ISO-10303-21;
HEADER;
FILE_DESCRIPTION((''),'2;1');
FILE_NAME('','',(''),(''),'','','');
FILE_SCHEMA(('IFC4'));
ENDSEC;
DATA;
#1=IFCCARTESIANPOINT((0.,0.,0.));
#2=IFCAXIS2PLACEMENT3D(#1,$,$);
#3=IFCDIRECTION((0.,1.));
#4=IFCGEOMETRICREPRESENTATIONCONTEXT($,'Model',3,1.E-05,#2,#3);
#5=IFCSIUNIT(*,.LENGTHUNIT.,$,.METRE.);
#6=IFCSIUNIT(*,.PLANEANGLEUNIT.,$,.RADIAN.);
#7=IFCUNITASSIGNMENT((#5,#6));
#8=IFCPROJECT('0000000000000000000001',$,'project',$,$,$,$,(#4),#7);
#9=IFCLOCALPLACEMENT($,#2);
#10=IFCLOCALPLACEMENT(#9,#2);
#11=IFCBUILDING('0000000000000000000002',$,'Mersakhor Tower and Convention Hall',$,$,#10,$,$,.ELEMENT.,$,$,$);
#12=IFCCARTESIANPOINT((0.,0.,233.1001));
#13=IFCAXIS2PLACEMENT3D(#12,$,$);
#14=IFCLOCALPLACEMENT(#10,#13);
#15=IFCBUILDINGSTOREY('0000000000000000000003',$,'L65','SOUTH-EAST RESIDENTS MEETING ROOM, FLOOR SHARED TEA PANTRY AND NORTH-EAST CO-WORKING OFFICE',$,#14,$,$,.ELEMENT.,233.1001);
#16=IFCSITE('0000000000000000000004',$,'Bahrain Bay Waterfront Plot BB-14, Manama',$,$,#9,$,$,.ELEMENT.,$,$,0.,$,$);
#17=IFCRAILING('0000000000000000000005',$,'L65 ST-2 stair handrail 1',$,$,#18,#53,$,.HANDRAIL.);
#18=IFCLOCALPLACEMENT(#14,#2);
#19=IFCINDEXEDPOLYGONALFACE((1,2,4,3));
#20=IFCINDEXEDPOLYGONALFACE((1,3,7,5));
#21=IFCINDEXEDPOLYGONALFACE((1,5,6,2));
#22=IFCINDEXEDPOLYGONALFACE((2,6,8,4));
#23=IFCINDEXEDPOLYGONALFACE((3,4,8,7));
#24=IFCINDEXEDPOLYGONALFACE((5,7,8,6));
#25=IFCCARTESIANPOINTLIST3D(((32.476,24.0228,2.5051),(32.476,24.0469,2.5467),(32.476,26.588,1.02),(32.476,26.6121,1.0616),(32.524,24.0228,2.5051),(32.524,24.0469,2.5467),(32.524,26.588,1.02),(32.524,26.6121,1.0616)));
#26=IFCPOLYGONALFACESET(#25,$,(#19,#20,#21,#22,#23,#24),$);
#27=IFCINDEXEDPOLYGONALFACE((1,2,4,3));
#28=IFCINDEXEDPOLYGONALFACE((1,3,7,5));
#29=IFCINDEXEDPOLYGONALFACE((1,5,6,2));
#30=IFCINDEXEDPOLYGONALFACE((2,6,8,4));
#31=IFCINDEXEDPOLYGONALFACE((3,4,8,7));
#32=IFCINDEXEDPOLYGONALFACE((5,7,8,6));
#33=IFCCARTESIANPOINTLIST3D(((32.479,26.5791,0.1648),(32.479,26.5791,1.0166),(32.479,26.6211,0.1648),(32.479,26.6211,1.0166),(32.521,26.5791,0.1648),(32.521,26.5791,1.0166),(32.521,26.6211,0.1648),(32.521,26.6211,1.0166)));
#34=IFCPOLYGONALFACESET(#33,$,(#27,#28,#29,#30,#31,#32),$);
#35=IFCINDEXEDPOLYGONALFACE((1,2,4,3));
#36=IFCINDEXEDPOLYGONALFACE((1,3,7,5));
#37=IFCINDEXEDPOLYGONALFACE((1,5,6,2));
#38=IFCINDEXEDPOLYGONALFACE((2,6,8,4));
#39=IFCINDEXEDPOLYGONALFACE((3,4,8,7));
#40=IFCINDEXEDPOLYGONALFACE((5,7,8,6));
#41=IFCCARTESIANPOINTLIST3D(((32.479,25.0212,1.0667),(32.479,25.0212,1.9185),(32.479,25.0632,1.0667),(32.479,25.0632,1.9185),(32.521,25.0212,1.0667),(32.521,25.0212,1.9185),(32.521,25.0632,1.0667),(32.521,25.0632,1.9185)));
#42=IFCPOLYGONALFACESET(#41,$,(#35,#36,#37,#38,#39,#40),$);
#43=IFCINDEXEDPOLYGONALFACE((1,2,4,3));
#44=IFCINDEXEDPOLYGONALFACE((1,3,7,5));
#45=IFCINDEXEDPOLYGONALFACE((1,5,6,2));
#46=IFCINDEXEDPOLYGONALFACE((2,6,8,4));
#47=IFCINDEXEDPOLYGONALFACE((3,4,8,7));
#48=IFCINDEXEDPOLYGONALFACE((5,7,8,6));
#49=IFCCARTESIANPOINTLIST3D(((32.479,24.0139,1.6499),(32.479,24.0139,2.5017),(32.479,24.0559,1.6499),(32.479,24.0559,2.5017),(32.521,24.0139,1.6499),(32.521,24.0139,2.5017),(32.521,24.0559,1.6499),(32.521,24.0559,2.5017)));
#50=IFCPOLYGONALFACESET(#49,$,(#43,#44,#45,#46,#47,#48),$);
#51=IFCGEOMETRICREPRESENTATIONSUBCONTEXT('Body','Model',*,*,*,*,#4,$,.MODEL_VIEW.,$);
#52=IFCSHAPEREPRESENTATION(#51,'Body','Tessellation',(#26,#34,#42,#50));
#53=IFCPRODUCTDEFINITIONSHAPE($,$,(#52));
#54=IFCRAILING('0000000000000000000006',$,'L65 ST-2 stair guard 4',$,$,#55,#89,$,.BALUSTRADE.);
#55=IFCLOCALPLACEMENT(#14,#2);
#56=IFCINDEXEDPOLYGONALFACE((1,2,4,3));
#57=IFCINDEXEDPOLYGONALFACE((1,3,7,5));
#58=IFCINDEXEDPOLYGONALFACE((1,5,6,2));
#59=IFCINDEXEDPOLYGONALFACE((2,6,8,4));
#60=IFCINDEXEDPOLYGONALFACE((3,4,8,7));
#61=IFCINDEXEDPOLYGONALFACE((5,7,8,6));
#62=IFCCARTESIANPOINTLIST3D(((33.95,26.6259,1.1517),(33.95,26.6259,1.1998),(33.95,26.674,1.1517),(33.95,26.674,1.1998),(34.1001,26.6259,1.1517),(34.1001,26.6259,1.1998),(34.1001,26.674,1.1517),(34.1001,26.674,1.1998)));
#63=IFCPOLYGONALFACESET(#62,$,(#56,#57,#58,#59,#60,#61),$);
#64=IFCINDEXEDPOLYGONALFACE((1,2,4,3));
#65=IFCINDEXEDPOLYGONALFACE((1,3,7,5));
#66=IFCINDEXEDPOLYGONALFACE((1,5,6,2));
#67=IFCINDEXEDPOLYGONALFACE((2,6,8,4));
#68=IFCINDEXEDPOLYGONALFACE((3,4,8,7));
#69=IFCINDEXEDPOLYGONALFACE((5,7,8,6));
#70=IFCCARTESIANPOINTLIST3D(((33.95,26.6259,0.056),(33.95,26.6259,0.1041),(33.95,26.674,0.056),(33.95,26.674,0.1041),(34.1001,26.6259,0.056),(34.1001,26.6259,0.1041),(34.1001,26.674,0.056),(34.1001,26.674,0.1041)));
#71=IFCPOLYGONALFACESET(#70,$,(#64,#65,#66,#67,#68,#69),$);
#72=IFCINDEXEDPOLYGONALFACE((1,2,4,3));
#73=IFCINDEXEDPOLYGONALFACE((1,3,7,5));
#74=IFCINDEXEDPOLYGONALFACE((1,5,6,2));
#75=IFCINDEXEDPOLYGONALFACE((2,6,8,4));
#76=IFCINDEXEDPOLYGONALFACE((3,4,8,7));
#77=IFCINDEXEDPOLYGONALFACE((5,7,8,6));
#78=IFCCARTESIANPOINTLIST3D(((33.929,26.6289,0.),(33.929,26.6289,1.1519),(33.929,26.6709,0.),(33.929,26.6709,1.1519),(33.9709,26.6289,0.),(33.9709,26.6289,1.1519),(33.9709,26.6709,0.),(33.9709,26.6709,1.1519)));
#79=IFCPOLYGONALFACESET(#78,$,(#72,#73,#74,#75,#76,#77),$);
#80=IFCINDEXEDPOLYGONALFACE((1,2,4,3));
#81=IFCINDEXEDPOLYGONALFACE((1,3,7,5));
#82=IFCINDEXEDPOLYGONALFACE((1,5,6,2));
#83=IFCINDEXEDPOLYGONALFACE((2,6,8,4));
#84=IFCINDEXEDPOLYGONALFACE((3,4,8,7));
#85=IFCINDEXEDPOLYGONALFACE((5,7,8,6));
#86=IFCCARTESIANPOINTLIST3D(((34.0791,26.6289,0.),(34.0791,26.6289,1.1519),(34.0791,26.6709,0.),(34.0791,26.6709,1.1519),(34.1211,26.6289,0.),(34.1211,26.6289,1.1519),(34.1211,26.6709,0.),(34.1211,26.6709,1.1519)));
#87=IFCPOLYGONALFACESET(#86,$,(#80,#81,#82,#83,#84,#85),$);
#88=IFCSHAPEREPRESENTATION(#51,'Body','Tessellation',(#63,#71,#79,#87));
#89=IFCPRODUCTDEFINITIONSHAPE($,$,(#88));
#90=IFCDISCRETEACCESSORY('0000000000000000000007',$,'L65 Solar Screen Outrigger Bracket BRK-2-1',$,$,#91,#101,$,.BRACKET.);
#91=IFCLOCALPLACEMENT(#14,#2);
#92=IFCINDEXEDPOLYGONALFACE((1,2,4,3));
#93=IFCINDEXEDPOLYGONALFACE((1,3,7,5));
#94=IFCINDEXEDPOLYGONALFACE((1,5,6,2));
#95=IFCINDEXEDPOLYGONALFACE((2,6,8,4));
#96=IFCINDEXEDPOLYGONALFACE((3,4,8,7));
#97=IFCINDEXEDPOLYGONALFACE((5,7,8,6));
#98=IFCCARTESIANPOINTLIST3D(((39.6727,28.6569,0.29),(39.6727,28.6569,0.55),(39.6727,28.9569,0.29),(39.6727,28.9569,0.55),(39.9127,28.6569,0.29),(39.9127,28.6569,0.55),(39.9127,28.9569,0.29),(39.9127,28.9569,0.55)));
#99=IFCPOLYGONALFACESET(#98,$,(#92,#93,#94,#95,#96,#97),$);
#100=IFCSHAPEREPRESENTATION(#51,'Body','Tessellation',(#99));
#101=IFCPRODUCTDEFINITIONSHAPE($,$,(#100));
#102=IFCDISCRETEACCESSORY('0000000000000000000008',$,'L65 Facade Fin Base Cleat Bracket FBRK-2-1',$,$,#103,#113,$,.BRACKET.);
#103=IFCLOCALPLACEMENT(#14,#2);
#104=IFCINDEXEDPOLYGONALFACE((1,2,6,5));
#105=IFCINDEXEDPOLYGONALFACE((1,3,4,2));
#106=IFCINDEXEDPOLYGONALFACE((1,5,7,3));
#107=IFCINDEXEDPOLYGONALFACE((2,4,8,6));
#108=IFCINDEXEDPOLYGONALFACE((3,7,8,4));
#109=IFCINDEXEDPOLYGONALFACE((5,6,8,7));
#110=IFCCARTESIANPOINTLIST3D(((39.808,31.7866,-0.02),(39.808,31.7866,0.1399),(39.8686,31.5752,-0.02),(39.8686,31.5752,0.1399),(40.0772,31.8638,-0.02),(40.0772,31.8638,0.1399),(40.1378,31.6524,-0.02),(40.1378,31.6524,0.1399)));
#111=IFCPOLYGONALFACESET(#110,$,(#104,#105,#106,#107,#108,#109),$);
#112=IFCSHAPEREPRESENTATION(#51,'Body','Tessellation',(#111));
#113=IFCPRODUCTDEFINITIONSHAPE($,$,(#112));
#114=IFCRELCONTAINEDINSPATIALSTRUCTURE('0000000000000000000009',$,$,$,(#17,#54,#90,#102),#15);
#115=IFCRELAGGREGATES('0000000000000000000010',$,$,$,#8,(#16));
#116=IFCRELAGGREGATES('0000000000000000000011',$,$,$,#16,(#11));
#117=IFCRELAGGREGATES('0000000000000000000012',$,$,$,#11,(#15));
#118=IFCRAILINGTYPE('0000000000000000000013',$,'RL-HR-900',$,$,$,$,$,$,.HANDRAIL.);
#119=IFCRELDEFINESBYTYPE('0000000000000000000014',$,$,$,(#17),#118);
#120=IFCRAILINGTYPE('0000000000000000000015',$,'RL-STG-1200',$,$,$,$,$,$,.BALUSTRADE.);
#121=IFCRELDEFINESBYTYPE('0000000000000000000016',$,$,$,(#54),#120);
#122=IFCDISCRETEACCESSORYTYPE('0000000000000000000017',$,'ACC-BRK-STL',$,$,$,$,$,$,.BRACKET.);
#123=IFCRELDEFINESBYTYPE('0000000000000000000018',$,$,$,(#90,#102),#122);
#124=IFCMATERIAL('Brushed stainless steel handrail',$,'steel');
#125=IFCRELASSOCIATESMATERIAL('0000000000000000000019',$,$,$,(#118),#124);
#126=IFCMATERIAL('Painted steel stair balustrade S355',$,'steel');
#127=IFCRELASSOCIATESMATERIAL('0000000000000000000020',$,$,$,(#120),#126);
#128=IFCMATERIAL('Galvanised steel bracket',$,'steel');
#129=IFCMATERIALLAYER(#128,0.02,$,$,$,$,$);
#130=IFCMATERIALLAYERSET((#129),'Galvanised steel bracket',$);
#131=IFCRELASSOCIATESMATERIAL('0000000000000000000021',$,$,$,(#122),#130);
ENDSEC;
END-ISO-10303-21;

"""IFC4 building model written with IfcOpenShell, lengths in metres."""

from ifc_helpers import new_model, si_unit, direction, frame, origin, origin_2d, place, context, subcontext, project, spatial, rectangle, extrude, material, layer, layer_set, type_object, element, save


model = new_model("IFC4")

# Units and contexts
model_context = context("Model", 3, precision=1e-05, world=origin(), true_north=direction((0.0, 1.0)))
body_context = subcontext(model_context, "Body", "Model", "MODEL_VIEW")
ifc_project = project(units=[si_unit("LENGTHUNIT", "METRE"), si_unit("PLANEANGLEUNIT", "RADIAN")], contexts=[model_context])

# Site, building, storey
site_placement = place(None, origin())
site = spatial("IfcSite", under=ifc_project, at=site_placement, Name="Bahrain Bay Waterfront Plot BB-14, Manama", CompositionType="ELEMENT", RefElevation=0.0)
building_placement = place(site_placement, origin())
building = spatial("IfcBuilding", under=site, at=building_placement, Name="Mersakhor Tower and Convention Hall", CompositionType="ELEMENT")
storey_placement = place(building_placement, frame((0.0, 0.0, 233.1001)))
storey = spatial("IfcBuildingStorey", under=building, at=storey_placement, Name="L65", Description="SOUTH-EAST RESIDENTS MEETING ROOM, FLOOR SHARED TEA PANTRY AND NORTH-EAST CO-WORKING OFFICE", CompositionType="ELEMENT", Elevation=233.1001)

# Railings
ifc_material_1 = material(Name="Brushed stainless steel handrail", Category="steel")
railing_type_1 = type_object("IfcRailingType", Name="RL-HR-900", PredefinedType="HANDRAIL", material=ifc_material_1)
railing_1_placement = place(storey_placement, frame((32.5, 26.6001, 0.1648)))
element("IfcRailing", 1, at=railing_1_placement, inside=storey, type_object=railing_type_1, Name="L65 ST-2 stair handrail 1", PredefinedType="HANDRAIL", context=body_context, shape_type="SweptSolid", body=[
    extrude(rectangle(XDim=0.0481, YDim=0.0481, at=origin_2d()), frame((0.0, 0.0, 0.876), z_axis=(0.0, -0.865426, 0.501036), x_axis=(1.0, 0.0, 0.0)), (0.0, 0.0, 1.0), 2.9641),
    extrude(rectangle(XDim=0.042, YDim=0.042, at=origin_2d()), origin(), (0.0, 0.0, 1.0), 0.8518),
    extrude(rectangle(XDim=0.042, YDim=0.042, at=origin_2d()), frame((0.0, -1.5579, 0.9019)), (0.0, 0.0, 1.0), 0.8518),
    extrude(rectangle(XDim=0.042, YDim=0.042, at=origin_2d()), frame((0.0, -2.5652, 1.4851)), (0.0, 0.0, 1.0), 0.8518),
])
ifc_material_2 = material(Name="Painted steel stair balustrade S355", Category="steel")
railing_type_2 = type_object("IfcRailingType", Name="RL-STG-1200", PredefinedType="BALUSTRADE", material=ifc_material_2)
railing_2_placement = place(storey_placement, frame((33.95, 26.6499, 0.0)))
element("IfcRailing", 2, at=railing_2_placement, inside=storey, type_object=railing_type_2, Name="L65 ST-2 stair guard 4", PredefinedType="BALUSTRADE", context=body_context, shape_type="SweptSolid", body=[
    extrude(rectangle(XDim=0.0481, YDim=0.0481, at=origin_2d()), frame((0.0, 0.0, 1.1758), z_axis=(1.0, 0.0, 0.0), x_axis=(0.0, 1.0, 0.0)), (0.0, 0.0, 1.0), 0.1501),
    extrude(rectangle(XDim=0.0481, YDim=0.0481, at=origin_2d()), frame((0.0, 0.0, 0.0801), z_axis=(1.0, 0.0, 0.0), x_axis=(0.0, 1.0, 0.0)), (0.0, 0.0, 1.0), 0.1501),
    extrude(rectangle(XDim=0.042, YDim=0.042, at=origin_2d()), origin(), (0.0, 0.0, 1.0), 1.1519),
    extrude(rectangle(XDim=0.042, YDim=0.042, at=origin_2d()), frame((0.1501, 0.0, 0.0)), (0.0, 0.0, 1.0), 1.1519),
])

# Discrete accessories
ifc_material_3 = material(Name="Galvanised steel bracket", Category="steel")
ifc_layer_1 = layer(ifc_material_3, 0.02)
ifc_layer_set_1 = layer_set([ifc_layer_1], Name="Galvanised steel bracket")
discrete_accessory_type = type_object("IfcDiscreteAccessoryType", Name="ACC-BRK-STL", PredefinedType="BRACKET", material=ifc_layer_set_1)
discrete_accessory_1_placement = place(storey_placement, frame((39.7927, 28.8069, 0.29), z_axis=(0.0, 0.0, 1.0), x_axis=(0.0, -1.0, 0.0)))
element("IfcDiscreteAccessory", 3, at=discrete_accessory_1_placement, inside=storey, type_object=discrete_accessory_type, Name="L65 Solar Screen Outrigger Bracket BRK-2-1", PredefinedType="BRACKET", context=body_context, shape_type="SweptSolid", body=[
    extrude(rectangle(XDim=0.3, YDim=0.24, at=origin_2d()), origin(), (0.0, 0.0, 1.0), 0.26),
])
discrete_accessory_2_placement = place(storey_placement, frame((39.9729, 31.7195, -0.02), z_axis=(0.0, 0.0, 1.0), x_axis=(0.961262, 0.275637, 0.0)))
element("IfcDiscreteAccessory", 4, at=discrete_accessory_2_placement, inside=storey, type_object=discrete_accessory_type, Name="L65 Facade Fin Base Cleat Bracket FBRK-2-1", PredefinedType="BRACKET", context=body_context, shape_type="SweptSolid", body=[
    extrude(rectangle(XDim=0.28, YDim=0.22, at=origin_2d()), origin(), (0.0, 0.0, 1.0), 0.1599),
])

save(model, "model.ifc")
